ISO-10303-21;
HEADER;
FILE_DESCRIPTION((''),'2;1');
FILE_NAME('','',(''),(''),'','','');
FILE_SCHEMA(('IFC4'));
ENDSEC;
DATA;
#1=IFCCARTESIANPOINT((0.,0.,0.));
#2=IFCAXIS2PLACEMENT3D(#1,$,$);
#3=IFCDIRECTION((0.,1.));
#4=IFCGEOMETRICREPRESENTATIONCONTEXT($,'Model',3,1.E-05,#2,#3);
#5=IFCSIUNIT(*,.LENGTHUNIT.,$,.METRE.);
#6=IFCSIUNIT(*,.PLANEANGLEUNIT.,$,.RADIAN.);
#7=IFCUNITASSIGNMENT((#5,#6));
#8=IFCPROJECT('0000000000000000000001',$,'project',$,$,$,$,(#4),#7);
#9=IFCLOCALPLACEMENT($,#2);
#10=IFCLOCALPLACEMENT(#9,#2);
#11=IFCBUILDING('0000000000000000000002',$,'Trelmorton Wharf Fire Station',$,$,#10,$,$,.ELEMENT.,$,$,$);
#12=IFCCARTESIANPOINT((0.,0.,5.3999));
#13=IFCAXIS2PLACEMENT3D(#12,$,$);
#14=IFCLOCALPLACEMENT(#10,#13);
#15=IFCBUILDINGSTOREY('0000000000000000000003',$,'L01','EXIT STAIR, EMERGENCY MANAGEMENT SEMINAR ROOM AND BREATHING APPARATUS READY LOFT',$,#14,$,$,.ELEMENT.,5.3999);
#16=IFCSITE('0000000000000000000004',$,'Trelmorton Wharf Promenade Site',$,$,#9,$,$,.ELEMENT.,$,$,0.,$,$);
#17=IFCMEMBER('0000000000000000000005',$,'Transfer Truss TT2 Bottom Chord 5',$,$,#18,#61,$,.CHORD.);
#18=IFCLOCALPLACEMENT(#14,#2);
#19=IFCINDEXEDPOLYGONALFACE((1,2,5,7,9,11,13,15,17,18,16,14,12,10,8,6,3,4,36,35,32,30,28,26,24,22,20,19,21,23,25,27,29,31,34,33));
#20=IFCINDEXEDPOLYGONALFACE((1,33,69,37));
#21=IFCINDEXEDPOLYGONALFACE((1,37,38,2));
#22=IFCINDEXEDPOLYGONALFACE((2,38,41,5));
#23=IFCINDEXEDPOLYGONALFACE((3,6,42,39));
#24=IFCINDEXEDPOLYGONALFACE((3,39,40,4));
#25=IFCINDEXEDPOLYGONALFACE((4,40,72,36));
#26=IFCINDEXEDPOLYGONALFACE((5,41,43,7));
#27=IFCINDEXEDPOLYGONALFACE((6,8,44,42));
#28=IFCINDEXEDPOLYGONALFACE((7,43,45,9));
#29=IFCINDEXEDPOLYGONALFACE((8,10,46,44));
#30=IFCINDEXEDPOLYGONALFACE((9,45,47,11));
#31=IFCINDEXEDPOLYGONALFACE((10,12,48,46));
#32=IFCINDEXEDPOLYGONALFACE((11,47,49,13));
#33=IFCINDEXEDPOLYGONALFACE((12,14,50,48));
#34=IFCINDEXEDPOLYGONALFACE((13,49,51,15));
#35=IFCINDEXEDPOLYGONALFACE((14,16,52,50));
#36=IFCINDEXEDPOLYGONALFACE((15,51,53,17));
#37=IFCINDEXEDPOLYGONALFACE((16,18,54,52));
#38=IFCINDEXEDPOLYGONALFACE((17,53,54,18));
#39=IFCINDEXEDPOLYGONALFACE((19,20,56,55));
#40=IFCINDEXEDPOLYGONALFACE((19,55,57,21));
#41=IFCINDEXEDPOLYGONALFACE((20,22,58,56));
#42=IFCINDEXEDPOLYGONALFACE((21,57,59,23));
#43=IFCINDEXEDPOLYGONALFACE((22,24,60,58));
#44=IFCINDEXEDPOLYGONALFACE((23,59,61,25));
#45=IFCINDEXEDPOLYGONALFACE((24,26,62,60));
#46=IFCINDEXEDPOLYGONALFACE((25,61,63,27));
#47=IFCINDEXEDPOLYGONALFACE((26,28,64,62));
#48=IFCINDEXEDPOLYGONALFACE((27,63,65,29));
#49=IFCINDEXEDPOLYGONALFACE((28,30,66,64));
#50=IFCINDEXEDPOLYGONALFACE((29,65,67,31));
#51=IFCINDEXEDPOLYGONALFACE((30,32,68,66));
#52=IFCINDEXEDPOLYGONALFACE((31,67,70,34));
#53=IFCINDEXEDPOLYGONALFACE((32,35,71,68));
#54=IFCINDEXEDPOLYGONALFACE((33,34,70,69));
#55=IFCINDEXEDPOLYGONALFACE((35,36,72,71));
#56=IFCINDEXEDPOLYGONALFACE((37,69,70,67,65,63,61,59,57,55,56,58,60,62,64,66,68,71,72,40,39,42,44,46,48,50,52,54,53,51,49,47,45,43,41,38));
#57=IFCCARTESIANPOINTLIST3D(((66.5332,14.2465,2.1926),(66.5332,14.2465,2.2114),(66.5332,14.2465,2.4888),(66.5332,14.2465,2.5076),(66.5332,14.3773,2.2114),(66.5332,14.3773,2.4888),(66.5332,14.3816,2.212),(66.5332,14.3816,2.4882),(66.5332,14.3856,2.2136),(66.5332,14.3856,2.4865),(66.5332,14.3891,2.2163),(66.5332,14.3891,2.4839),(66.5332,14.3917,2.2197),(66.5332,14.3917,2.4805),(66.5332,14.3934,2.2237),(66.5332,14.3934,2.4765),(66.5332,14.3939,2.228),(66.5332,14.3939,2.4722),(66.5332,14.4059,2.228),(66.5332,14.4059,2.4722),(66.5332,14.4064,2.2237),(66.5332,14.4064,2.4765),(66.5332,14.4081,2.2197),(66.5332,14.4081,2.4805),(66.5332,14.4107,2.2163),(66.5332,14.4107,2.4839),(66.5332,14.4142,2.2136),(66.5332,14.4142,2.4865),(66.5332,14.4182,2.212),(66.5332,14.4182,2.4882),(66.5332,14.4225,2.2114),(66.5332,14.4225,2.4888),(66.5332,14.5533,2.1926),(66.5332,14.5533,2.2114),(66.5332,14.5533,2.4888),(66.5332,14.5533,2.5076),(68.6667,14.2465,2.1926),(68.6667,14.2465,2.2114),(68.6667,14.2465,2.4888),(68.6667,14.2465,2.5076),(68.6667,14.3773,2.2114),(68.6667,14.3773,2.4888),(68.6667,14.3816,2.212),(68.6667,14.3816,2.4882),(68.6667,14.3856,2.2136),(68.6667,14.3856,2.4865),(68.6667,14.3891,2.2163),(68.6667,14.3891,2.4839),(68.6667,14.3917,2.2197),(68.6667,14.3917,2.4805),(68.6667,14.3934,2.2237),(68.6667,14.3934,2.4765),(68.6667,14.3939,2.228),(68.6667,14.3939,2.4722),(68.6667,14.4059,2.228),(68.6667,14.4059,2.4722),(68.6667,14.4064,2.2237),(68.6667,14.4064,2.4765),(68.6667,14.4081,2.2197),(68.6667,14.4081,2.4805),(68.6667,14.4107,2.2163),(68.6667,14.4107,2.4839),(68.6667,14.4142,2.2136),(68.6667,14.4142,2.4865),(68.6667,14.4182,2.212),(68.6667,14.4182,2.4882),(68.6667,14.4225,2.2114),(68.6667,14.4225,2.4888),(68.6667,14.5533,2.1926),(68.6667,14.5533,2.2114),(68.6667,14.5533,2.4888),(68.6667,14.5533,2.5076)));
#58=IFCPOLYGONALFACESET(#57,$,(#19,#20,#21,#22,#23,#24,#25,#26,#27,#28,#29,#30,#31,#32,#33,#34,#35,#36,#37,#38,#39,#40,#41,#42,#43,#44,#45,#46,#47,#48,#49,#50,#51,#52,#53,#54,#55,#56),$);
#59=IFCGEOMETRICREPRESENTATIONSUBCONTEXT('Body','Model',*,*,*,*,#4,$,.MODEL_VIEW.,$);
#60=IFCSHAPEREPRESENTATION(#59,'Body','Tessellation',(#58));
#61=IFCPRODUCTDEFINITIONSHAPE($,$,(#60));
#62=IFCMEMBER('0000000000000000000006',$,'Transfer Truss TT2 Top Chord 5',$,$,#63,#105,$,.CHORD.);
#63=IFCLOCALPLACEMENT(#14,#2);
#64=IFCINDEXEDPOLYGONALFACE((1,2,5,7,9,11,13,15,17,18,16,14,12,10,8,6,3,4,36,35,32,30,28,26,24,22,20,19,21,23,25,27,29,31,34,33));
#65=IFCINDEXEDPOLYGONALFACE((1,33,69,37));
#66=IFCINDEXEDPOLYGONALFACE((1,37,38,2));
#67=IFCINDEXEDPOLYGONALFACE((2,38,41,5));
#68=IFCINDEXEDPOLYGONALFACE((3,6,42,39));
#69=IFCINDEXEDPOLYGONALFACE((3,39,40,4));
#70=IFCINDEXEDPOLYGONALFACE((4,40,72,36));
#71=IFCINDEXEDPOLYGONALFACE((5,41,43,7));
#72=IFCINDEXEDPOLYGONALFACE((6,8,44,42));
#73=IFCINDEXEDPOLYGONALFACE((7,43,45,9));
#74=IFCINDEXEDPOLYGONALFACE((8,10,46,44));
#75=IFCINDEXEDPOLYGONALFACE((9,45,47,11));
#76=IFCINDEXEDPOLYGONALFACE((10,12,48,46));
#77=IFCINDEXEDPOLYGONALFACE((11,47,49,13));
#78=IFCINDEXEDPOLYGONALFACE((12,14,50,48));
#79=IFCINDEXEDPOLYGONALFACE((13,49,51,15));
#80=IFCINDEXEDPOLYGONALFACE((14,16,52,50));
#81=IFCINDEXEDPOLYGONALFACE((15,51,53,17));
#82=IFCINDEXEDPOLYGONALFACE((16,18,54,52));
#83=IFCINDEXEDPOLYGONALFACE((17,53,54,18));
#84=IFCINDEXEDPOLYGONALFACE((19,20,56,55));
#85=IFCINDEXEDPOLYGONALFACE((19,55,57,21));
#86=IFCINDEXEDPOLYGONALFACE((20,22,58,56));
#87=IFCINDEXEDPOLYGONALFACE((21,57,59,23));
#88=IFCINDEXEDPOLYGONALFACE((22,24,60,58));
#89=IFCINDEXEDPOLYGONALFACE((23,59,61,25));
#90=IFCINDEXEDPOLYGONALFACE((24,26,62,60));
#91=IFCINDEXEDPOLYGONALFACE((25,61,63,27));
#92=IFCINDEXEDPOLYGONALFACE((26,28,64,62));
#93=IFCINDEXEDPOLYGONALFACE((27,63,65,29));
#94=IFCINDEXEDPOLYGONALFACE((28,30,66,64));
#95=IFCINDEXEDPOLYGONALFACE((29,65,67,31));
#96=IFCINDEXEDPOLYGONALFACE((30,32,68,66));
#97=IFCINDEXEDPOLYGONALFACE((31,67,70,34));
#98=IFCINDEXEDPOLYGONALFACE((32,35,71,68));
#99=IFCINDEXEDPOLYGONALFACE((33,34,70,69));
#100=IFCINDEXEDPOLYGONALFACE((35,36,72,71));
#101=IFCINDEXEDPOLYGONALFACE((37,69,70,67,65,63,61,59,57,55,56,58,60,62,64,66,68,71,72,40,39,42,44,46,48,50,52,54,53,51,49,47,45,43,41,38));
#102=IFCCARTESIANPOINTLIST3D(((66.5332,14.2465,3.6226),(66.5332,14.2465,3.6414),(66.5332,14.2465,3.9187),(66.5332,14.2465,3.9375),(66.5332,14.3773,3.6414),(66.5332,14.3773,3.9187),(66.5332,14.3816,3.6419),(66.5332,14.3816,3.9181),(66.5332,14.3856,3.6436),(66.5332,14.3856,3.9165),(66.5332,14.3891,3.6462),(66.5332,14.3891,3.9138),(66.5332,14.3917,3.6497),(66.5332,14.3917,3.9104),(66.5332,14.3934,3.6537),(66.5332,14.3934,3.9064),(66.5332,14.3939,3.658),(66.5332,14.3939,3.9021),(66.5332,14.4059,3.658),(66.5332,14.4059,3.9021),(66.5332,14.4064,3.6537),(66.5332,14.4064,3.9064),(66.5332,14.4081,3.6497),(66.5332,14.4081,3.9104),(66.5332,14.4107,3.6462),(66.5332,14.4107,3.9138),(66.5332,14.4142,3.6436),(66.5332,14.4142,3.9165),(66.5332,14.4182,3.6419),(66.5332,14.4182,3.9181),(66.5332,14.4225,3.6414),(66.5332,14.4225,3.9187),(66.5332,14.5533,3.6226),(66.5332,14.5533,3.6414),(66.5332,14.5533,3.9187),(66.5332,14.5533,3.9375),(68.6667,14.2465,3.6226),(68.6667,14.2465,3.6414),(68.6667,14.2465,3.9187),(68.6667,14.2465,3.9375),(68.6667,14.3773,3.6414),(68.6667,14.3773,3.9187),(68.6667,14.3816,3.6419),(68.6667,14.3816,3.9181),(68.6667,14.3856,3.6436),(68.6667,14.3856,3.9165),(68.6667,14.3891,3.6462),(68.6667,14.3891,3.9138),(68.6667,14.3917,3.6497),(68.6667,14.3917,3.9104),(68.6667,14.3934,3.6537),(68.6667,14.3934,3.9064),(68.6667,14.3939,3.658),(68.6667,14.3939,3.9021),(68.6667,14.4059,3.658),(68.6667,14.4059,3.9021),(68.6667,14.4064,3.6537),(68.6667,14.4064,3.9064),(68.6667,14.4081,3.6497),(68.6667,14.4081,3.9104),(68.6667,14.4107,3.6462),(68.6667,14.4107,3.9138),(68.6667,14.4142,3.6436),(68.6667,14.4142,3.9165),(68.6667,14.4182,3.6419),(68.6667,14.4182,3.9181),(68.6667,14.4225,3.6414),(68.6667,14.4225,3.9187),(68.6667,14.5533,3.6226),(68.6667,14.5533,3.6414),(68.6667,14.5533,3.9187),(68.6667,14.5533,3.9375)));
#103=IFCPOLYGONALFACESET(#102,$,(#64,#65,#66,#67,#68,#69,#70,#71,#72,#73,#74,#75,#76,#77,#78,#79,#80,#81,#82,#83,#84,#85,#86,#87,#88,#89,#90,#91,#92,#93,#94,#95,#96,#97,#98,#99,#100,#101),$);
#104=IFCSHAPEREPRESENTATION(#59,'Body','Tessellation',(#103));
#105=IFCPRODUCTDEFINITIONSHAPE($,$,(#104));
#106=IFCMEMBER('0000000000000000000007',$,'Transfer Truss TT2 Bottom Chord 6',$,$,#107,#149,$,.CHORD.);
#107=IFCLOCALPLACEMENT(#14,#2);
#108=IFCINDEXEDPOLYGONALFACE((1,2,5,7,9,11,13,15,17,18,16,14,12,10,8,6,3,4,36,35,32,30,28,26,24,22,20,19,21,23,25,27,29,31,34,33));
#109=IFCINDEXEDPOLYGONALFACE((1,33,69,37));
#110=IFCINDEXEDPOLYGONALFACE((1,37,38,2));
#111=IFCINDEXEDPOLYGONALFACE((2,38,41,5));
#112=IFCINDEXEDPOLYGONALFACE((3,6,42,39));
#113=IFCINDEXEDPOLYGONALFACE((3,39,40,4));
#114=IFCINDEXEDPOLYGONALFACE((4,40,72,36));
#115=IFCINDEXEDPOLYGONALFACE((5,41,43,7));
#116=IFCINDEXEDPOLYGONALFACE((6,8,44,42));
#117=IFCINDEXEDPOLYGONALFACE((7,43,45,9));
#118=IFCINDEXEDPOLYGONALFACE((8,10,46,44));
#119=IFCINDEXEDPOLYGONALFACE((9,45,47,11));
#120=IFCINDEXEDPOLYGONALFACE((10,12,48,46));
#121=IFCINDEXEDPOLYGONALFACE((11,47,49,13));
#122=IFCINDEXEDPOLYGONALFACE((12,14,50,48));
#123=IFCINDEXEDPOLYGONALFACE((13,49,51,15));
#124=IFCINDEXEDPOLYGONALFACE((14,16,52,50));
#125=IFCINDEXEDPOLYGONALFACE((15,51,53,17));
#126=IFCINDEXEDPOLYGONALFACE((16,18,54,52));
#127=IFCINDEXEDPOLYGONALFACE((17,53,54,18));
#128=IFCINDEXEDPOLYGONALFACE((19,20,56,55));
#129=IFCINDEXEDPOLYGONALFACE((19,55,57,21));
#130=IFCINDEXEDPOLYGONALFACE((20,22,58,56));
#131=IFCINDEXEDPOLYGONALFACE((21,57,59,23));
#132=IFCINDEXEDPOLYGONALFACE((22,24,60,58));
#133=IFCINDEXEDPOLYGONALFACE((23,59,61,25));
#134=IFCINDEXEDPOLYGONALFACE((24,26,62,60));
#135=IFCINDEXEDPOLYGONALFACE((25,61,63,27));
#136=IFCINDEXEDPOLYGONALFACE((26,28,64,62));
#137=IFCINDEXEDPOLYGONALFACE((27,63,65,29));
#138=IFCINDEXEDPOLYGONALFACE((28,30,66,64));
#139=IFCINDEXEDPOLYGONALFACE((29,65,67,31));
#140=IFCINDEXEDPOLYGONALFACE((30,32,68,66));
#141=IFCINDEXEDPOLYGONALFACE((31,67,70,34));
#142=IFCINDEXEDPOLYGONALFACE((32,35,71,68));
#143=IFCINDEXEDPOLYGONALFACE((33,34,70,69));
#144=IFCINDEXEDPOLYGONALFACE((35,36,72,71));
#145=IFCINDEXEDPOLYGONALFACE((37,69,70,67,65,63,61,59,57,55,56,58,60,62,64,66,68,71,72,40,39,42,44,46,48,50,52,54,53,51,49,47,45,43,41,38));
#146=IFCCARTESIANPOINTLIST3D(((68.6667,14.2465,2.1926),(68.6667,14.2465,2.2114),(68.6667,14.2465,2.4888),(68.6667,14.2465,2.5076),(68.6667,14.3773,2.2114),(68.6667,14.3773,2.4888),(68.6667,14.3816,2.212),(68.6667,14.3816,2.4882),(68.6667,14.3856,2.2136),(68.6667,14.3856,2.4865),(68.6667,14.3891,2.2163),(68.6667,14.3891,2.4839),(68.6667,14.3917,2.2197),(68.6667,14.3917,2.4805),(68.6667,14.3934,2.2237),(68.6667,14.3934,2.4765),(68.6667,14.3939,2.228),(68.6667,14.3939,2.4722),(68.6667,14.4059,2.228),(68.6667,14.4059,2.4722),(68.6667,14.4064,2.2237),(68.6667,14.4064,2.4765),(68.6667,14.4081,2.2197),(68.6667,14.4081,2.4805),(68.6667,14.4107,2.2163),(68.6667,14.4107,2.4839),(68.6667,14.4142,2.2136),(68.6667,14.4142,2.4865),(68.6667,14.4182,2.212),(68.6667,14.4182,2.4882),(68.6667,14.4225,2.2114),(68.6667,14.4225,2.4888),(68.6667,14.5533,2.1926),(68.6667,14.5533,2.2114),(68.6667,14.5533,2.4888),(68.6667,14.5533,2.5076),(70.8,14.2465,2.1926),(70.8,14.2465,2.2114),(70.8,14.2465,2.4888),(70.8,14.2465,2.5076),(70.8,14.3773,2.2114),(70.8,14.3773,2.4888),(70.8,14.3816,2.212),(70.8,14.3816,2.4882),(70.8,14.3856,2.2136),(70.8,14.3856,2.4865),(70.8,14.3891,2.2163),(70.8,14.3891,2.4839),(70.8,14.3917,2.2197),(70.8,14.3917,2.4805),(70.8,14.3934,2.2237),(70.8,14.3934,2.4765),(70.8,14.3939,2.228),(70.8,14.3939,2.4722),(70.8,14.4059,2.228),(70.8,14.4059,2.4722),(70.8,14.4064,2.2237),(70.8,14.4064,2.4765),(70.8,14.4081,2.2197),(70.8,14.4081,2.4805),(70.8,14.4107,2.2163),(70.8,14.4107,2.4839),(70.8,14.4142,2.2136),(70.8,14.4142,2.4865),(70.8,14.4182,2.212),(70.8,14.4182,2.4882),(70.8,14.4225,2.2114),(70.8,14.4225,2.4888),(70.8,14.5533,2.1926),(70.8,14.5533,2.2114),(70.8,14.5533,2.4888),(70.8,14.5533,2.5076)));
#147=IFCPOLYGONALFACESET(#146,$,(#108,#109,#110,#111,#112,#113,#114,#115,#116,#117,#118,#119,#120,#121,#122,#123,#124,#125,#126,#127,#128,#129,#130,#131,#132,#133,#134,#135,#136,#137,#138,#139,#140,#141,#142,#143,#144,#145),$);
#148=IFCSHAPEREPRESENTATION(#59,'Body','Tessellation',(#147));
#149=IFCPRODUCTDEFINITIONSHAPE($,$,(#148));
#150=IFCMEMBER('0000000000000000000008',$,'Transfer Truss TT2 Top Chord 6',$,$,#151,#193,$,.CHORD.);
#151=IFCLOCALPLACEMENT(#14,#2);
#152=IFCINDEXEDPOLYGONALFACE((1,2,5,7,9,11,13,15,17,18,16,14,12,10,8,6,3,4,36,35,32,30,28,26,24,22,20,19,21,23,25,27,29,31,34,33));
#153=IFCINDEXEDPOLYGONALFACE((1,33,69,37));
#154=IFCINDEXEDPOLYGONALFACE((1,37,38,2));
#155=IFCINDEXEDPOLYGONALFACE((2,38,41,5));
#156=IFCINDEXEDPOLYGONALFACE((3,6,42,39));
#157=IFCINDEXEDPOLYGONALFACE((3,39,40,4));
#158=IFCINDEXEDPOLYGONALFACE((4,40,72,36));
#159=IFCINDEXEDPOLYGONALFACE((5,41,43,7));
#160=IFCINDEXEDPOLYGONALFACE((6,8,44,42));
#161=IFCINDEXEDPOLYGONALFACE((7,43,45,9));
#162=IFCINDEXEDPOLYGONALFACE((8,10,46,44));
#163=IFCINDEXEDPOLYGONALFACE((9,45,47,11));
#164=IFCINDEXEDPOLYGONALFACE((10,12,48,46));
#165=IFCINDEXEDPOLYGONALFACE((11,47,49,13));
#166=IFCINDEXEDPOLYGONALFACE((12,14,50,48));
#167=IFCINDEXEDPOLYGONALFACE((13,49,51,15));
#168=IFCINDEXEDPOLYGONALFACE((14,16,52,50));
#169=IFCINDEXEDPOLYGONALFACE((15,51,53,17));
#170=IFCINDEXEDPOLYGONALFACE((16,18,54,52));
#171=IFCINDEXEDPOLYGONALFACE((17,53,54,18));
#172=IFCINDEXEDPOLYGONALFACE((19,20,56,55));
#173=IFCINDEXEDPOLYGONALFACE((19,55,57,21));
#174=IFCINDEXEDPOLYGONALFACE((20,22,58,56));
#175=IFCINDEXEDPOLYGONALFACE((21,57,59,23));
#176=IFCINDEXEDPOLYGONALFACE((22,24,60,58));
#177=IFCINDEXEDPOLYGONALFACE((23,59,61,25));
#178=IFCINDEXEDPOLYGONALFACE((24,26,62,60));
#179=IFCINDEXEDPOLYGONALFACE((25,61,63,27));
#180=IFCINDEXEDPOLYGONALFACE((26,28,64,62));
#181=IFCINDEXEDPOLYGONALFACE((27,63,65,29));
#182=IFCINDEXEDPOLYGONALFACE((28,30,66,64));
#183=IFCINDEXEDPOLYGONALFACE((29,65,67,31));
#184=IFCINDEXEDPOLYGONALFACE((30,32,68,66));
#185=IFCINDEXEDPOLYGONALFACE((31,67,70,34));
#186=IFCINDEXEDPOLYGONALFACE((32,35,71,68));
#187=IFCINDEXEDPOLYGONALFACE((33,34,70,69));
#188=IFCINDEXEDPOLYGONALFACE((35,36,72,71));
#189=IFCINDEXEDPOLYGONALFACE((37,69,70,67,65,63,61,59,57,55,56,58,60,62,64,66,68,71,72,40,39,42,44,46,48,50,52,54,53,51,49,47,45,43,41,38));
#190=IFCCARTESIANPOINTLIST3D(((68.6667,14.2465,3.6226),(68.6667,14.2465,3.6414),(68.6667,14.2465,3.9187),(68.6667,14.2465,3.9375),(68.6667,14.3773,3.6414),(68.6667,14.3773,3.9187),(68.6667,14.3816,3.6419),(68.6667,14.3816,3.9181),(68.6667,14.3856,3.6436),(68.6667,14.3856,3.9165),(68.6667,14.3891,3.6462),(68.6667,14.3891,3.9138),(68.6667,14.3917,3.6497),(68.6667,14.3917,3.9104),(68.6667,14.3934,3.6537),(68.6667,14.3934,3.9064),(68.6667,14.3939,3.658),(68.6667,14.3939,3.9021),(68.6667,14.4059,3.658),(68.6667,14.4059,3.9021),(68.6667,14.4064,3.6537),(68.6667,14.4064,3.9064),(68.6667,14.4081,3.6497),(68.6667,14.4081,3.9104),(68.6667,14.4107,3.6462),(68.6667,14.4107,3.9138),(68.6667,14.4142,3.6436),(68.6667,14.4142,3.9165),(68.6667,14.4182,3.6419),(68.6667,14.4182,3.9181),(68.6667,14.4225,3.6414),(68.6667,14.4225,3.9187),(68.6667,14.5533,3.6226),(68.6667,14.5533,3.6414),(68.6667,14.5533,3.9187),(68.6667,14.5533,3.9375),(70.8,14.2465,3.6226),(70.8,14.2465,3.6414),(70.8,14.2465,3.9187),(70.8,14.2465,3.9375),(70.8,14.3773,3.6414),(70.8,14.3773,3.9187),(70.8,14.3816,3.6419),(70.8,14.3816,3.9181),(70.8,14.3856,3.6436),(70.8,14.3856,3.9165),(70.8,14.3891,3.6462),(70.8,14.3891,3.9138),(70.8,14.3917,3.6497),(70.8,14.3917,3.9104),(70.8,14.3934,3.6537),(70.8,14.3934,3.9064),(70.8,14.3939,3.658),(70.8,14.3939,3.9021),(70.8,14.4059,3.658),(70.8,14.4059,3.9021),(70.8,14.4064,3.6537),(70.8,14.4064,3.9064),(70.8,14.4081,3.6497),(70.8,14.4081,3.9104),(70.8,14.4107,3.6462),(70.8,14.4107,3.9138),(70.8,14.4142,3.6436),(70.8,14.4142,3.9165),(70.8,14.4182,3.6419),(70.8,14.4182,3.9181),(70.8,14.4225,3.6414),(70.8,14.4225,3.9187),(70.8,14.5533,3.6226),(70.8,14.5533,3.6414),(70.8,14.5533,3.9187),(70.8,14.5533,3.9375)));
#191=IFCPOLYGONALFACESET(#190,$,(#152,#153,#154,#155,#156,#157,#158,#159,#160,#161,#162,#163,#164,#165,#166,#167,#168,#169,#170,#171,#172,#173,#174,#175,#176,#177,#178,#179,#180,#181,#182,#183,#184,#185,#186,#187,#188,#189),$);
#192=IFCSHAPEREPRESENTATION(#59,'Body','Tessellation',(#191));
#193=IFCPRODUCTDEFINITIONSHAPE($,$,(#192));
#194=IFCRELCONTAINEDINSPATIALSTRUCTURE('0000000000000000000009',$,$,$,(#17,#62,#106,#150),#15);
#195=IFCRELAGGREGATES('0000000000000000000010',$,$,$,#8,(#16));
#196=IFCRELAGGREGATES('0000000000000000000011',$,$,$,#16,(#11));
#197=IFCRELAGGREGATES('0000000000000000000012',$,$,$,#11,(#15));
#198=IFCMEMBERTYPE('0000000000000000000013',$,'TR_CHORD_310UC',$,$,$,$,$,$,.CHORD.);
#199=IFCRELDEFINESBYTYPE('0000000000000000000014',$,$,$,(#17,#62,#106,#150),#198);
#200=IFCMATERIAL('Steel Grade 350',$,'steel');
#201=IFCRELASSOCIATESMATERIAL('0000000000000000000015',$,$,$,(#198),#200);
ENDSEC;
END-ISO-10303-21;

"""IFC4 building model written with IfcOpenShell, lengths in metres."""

from ifc_helpers import new_model, si_unit, direction, frame, origin, origin_2d, place, context, subcontext, project, spatial, i_section, extrude, material, material_profile, profile_set, type_object, element, save


model = new_model("IFC4")

# Units and contexts
model_context = context("Model", 3, precision=1e-05, world=origin(), true_north=direction((0.0, 1.0)))
body_context = subcontext(model_context, "Body", "Model", "MODEL_VIEW")
ifc_project = project(units=[si_unit("LENGTHUNIT", "METRE"), si_unit("PLANEANGLEUNIT", "RADIAN")], contexts=[model_context])

# Site, building, storey
site_placement = place(None, origin())
site = spatial("IfcSite", under=ifc_project, at=site_placement, Name="Trelmorton Wharf Promenade Site", CompositionType="ELEMENT", RefElevation=0.0)
building_placement = place(site_placement, origin())
building = spatial("IfcBuilding", under=site, at=building_placement, Name="Trelmorton Wharf Fire Station", CompositionType="ELEMENT")
storey_placement = place(building_placement, frame((0.0, 0.0, 5.3999)))
storey = spatial("IfcBuildingStorey", under=building, at=storey_placement, Name="L01", Description="EXIT STAIR, EMERGENCY MANAGEMENT SEMINAR ROOM AND BREATHING APPARATUS READY LOFT", CompositionType="ELEMENT", Elevation=5.3999)

# Members
ifc_material_1 = material(Name="Steel Grade 350", Category="steel")
ifc_material_profile_1 = material_profile(ifc_material_1, i_section(OverallWidth=0.3069, OverallDepth=0.3149, WebThickness=0.012, FlangeThickness=0.0188, FilletRadius=0.0166, at=origin_2d()), Name="310UC118")
ifc_profile_set_1 = profile_set([ifc_material_profile_1], Name="Steel Grade 350")
member_type_1 = type_object("IfcMemberType", Name="TR_CHORD_310UC", PredefinedType="CHORD", material=ifc_profile_set_1)
for number, where, z_axis, x_axis, name in (
    (1, (66.5332, 14.3999, 2.3501), (1.0, 0.0, 0.0), (0.0, 1.0, 0.0), "Transfer Truss TT2 Bottom Chord 5"),
    (2, (66.5332, 14.3999, 3.78), (1.0, 0.0, 0.0), (0.0, 1.0, 0.0), "Transfer Truss TT2 Top Chord 5"),
):
    element("IfcMember", number, at=place(storey_placement, frame(where, z_axis=z_axis, x_axis=x_axis)), inside=storey, type_object=member_type_1, Name=name, PredefinedType="CHORD", context=body_context, shape_type="SweptSolid", body=[
        extrude(i_section(OverallWidth=0.3069, OverallDepth=0.3149, WebThickness=0.012, FlangeThickness=0.0188, FilletRadius=0.0166, at=origin_2d()), origin(), (0.0, 0.0, 1.0), 2.1335),
    ])
for number, where, z_axis, x_axis, name in (
    (3, (68.6667, 14.3999, 2.3501), (1.0, 0.0, 0.0), (0.0, 1.0, 0.0), "Transfer Truss TT2 Bottom Chord 6"),
    (4, (68.6667, 14.3999, 3.78), (1.0, 0.0, 0.0), (0.0, 1.0, 0.0), "Transfer Truss TT2 Top Chord 6"),
):
    element("IfcMember", number, at=place(storey_placement, frame(where, z_axis=z_axis, x_axis=x_axis)), inside=storey, type_object=member_type_1, Name=name, PredefinedType="CHORD", context=body_context, shape_type="SweptSolid", body=[
        extrude(i_section(OverallWidth=0.3069, OverallDepth=0.3149, WebThickness=0.012, FlangeThickness=0.0188, FilletRadius=0.0166, at=origin_2d()), origin(), (0.0, 0.0, 1.0), 2.1333),
    ])

save(model, "model.ifc")
